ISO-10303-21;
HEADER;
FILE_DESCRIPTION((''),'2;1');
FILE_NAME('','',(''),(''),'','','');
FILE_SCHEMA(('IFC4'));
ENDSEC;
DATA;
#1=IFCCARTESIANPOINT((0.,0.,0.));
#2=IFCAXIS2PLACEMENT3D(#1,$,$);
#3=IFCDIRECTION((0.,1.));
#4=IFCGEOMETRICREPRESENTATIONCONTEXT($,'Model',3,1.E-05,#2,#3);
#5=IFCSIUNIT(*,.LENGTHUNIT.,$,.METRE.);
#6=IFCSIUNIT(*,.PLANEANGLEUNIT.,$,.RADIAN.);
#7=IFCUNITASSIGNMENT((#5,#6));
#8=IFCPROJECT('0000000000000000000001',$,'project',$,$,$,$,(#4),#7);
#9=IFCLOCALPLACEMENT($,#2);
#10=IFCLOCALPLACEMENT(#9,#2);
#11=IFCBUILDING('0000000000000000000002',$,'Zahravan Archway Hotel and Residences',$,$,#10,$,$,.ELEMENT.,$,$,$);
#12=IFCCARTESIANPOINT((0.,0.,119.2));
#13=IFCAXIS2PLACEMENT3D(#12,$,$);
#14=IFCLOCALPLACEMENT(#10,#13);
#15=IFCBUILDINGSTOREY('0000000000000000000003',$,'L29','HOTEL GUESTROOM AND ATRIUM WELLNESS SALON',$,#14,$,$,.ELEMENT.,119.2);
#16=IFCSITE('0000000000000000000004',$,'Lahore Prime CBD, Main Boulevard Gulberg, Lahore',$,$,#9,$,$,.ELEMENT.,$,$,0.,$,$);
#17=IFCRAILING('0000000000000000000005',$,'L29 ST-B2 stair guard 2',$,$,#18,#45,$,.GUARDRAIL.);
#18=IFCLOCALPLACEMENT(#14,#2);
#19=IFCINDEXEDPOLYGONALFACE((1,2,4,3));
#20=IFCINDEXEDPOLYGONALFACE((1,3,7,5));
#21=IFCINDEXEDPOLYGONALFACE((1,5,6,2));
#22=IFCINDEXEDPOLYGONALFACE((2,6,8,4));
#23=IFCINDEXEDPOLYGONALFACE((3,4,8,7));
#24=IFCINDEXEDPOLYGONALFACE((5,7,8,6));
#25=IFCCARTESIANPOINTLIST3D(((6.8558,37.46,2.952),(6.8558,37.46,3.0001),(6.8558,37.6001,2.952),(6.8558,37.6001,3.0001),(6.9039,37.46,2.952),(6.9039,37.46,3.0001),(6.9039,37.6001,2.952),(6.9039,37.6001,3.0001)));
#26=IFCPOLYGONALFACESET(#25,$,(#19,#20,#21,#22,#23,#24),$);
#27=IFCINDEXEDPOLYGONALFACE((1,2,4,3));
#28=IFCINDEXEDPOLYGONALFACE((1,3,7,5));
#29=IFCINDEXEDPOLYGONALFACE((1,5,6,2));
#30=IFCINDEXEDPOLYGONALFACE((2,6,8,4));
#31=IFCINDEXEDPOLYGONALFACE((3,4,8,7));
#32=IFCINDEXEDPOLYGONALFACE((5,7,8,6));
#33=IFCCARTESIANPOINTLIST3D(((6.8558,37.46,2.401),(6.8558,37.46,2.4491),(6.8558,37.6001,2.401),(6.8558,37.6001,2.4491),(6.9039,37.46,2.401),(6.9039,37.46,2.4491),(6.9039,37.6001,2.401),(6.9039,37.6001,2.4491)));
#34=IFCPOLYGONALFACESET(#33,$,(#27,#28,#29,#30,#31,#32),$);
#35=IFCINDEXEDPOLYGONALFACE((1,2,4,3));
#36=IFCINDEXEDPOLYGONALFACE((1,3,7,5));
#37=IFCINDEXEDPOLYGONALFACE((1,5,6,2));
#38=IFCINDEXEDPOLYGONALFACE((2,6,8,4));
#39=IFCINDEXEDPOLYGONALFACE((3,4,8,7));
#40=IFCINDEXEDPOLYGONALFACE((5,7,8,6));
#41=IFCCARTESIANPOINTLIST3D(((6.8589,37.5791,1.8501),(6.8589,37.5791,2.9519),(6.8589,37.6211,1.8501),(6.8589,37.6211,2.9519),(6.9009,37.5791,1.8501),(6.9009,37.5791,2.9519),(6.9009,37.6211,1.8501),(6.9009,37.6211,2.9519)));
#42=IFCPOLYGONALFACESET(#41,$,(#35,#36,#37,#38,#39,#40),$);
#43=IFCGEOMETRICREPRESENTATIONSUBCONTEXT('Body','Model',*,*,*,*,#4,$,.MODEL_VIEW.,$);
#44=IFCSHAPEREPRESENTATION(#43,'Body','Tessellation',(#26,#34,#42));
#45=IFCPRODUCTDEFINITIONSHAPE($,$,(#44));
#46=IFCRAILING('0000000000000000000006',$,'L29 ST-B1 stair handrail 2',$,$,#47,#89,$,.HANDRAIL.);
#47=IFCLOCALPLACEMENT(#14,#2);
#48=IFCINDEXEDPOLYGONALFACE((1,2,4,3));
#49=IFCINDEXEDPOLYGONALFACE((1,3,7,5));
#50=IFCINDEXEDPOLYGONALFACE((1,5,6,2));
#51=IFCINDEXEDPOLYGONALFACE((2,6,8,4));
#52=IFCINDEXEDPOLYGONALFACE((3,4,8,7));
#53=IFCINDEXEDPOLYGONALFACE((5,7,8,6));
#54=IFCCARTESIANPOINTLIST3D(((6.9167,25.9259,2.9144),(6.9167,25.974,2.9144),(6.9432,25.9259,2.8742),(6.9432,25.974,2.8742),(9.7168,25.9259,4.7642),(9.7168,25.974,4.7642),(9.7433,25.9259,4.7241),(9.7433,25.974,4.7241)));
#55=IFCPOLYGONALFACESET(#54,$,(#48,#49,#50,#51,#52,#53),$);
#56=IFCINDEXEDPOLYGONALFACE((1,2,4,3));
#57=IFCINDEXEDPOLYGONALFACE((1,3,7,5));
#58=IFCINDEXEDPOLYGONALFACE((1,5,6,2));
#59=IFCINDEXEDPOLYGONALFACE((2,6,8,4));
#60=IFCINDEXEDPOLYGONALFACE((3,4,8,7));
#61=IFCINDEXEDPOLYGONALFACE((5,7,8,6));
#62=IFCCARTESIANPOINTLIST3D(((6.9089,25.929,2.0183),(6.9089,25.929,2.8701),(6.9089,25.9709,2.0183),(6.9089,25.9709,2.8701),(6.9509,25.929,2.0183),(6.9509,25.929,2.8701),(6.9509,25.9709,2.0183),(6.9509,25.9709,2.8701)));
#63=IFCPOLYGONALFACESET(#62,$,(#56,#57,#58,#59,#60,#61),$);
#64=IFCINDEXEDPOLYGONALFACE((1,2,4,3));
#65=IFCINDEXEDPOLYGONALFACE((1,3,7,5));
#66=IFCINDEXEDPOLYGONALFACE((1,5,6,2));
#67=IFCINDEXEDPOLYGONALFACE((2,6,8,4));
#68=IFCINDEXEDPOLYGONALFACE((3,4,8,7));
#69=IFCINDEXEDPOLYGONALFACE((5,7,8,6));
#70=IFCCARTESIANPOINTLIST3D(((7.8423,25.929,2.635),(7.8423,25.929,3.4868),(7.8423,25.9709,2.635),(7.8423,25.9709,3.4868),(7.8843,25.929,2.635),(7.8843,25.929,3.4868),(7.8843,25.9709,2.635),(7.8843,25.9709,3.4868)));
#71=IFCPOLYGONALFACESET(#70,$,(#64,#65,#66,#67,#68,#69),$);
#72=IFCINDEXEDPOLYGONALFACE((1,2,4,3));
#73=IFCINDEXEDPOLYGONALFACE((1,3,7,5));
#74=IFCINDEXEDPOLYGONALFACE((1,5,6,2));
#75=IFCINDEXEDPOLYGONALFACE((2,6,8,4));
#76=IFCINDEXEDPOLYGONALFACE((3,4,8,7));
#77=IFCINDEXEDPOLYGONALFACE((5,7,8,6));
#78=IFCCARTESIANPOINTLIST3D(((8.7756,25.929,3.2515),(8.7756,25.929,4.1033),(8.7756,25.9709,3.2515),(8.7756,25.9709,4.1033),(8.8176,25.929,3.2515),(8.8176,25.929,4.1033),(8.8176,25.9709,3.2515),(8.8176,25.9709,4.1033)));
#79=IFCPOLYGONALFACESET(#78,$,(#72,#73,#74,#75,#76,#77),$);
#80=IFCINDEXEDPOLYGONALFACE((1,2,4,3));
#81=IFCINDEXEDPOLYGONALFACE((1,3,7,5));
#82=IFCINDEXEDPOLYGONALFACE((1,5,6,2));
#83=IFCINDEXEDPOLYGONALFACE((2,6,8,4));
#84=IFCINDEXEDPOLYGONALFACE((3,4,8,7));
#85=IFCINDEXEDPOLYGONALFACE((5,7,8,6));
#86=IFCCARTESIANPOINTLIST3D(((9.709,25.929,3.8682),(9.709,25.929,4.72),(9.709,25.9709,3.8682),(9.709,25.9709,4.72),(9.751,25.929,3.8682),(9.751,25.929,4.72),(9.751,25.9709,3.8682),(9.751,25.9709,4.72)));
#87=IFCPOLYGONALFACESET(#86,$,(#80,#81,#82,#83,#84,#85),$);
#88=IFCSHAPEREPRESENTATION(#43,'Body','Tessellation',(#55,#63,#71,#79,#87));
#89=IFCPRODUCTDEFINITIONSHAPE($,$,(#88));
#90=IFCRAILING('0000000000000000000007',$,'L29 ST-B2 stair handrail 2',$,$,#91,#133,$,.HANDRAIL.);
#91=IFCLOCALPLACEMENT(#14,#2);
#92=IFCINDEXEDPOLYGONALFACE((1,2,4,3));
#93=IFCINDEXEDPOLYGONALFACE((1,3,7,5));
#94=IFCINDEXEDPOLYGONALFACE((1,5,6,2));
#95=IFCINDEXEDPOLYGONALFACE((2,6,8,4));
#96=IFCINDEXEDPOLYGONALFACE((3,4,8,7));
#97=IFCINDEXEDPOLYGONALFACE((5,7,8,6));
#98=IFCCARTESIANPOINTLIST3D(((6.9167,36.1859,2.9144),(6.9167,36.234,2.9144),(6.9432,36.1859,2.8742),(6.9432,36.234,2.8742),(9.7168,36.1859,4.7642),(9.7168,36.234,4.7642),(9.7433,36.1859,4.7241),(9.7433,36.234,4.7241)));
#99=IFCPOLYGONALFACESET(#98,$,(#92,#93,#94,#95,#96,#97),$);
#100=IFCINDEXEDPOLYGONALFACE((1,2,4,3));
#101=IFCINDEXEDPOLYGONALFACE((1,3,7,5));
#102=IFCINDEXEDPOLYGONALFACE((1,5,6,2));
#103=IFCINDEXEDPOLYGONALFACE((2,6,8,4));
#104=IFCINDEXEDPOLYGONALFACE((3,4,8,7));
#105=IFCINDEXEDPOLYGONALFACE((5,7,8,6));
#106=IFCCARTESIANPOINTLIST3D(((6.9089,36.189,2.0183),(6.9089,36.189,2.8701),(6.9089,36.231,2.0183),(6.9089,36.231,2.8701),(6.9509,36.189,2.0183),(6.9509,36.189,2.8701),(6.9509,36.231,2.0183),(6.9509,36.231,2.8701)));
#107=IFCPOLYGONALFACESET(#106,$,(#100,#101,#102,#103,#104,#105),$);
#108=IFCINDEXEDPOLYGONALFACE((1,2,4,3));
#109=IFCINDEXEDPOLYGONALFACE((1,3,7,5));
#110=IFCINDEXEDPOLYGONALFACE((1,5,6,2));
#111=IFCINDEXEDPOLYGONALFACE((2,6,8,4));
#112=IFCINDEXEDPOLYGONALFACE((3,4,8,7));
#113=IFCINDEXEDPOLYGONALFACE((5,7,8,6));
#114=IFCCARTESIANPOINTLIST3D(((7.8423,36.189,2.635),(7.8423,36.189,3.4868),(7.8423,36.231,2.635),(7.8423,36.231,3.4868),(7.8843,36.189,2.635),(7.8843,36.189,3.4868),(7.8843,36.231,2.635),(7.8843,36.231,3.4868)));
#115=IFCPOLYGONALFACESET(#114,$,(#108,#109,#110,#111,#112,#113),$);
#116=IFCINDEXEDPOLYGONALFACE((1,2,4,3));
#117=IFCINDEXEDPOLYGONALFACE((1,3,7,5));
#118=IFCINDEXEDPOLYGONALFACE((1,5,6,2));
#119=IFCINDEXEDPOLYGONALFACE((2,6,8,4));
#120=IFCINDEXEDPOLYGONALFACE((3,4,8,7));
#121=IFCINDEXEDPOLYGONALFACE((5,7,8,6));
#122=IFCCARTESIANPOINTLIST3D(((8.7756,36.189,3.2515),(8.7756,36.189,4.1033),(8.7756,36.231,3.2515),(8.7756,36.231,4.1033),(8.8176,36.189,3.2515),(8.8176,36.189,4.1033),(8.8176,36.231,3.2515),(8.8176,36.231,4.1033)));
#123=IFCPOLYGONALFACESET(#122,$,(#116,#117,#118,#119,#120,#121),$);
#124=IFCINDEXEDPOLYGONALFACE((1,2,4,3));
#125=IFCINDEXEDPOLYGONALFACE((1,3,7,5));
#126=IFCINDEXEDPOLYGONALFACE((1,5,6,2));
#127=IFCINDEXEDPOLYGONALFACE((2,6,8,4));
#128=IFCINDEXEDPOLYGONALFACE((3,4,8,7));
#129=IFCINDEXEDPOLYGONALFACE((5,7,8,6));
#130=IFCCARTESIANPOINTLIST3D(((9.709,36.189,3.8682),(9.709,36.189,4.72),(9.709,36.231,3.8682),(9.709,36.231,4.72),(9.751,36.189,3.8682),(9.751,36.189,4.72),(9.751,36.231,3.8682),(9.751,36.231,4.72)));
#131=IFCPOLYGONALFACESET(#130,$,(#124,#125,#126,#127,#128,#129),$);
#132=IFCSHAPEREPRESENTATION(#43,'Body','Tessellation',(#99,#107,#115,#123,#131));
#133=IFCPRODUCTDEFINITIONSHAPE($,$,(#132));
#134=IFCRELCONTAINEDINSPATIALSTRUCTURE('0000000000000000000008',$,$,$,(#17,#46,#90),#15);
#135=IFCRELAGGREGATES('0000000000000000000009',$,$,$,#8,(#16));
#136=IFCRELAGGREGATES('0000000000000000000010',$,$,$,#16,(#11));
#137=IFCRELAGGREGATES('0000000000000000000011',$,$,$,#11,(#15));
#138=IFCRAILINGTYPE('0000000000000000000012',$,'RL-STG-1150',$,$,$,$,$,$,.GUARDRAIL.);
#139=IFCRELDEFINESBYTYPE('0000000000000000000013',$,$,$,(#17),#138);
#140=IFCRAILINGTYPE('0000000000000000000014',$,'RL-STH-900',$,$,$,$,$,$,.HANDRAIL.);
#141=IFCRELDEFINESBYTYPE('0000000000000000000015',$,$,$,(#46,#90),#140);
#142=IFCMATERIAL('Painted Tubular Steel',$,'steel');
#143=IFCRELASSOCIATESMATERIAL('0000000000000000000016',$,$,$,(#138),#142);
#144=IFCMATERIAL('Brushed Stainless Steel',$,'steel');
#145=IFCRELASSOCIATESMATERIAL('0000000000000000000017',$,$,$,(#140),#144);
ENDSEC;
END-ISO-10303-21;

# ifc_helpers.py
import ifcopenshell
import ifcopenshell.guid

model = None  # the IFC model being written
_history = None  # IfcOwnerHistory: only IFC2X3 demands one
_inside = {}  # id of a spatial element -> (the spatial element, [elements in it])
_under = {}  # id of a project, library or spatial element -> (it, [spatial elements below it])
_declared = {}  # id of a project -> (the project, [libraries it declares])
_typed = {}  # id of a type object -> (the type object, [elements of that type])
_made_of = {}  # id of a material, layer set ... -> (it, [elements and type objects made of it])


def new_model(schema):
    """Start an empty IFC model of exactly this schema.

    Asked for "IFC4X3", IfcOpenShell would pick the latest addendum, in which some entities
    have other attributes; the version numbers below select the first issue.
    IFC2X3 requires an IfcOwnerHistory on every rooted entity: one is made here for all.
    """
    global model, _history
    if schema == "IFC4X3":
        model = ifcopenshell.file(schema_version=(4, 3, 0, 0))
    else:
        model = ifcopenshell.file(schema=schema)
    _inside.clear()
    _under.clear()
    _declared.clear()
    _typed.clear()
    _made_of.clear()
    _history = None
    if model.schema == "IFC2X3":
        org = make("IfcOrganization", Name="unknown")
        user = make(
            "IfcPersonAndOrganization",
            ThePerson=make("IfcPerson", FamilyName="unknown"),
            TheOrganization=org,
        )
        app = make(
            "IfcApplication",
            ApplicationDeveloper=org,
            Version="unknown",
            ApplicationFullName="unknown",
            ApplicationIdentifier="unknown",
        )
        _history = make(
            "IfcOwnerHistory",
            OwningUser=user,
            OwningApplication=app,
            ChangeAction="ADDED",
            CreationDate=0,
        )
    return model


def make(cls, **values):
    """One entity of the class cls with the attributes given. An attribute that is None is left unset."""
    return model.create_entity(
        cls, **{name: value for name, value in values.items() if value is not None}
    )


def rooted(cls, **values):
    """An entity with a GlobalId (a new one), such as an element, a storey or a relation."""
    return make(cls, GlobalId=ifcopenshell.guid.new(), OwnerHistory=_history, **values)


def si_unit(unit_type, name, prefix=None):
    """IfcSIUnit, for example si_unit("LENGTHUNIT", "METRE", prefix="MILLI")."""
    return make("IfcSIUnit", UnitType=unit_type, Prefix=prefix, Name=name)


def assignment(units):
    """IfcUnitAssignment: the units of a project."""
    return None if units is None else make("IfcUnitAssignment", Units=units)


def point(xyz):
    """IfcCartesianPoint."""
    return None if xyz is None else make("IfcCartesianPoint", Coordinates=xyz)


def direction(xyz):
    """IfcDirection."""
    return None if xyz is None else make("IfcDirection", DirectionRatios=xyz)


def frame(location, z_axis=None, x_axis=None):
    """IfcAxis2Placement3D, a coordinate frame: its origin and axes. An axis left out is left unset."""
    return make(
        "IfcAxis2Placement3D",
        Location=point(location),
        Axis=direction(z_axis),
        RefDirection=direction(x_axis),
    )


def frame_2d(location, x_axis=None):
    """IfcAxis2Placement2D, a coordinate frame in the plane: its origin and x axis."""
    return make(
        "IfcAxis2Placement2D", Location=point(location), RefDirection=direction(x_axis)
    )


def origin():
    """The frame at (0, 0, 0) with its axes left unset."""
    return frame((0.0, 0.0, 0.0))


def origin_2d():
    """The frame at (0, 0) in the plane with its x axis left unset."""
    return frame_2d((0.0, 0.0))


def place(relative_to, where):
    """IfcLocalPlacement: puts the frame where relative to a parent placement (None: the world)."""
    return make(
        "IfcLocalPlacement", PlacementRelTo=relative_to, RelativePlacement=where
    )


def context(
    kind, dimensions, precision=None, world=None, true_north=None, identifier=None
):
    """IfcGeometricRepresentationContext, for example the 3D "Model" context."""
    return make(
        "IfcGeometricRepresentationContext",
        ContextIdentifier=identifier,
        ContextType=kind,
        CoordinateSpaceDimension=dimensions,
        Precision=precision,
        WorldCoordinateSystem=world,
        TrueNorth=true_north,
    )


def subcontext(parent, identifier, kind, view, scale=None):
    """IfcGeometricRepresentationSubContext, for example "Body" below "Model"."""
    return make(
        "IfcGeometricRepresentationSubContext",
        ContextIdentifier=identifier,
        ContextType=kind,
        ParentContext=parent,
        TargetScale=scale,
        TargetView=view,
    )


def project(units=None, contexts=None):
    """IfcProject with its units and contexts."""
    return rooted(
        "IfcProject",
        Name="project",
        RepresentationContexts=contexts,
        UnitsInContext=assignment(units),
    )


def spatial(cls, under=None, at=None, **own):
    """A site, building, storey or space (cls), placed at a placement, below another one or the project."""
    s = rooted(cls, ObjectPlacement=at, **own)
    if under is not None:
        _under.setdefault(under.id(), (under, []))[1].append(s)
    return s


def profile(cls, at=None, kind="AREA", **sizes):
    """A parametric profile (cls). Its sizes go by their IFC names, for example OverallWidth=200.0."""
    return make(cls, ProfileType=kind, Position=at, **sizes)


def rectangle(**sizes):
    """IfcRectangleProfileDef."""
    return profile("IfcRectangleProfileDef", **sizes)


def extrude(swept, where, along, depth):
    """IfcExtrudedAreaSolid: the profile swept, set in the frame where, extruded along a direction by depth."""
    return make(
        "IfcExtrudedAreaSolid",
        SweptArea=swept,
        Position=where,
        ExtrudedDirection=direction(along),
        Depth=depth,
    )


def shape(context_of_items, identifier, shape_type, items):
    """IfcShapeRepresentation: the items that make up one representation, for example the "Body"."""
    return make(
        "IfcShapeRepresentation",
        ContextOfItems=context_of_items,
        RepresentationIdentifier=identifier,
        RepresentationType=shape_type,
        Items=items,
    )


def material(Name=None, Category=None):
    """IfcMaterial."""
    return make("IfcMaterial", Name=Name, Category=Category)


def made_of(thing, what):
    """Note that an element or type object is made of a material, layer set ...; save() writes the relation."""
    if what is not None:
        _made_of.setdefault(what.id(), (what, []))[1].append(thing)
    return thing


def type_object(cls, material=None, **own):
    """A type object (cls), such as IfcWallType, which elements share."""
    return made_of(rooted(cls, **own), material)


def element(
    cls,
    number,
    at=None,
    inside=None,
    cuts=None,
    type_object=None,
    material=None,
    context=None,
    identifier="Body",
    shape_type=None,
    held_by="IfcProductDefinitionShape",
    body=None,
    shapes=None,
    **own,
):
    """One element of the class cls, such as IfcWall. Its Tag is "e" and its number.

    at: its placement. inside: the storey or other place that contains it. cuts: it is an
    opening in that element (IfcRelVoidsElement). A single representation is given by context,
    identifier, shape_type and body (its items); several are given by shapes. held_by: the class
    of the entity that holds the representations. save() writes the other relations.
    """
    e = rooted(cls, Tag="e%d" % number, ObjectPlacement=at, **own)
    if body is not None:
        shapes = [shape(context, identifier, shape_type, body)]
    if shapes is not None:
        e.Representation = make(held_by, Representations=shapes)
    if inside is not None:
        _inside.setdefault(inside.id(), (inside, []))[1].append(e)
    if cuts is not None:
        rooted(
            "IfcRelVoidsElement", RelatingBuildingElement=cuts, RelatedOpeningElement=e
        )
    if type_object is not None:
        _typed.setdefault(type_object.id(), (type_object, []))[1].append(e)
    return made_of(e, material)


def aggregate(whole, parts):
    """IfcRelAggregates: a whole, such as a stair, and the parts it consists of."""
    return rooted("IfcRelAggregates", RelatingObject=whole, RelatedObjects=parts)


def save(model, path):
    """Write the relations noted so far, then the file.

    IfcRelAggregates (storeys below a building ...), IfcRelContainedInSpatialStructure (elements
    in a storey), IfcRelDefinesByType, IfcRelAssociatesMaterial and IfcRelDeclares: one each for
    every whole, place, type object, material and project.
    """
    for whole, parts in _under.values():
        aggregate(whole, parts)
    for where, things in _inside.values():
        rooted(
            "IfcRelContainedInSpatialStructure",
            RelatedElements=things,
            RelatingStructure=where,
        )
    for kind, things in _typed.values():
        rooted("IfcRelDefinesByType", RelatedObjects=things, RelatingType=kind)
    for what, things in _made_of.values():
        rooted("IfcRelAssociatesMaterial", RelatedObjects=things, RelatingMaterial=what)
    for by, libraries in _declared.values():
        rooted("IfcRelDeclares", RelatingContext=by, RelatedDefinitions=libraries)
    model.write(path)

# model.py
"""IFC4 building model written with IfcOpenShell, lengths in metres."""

from ifc_helpers import new_model, si_unit, direction, frame, origin, origin_2d, place, context, subcontext, project, spatial, rectangle, extrude, material, type_object, element, save


model = new_model("IFC4")

# Units and contexts
model_context = context("Model", 3, precision=1e-05, world=origin(), true_north=direction((0.0, 1.0)))
body_context = subcontext(model_context, "Body", "Model", "MODEL_VIEW")
ifc_project = project(units=[si_unit("LENGTHUNIT", "METRE"), si_unit("PLANEANGLEUNIT", "RADIAN")], contexts=[model_context])

# Site, building, storey
site_placement = place(None, origin())
site = spatial("IfcSite", under=ifc_project, at=site_placement, Name="Lahore Prime CBD, Main Boulevard Gulberg, Lahore", CompositionType="ELEMENT", RefElevation=0.0)
building_placement = place(site_placement, origin())
building = spatial("IfcBuilding", under=site, at=building_placement, Name="Zahravan Archway Hotel and Residences", CompositionType="ELEMENT")
storey_placement = place(building_placement, frame((0.0, 0.0, 119.2)))
storey = spatial("IfcBuildingStorey", under=building, at=storey_placement, Name="L29", Description="HOTEL GUESTROOM AND ATRIUM WELLNESS SALON", CompositionType="ELEMENT", Elevation=119.2)

# Shared definitions
ifc_material_1 = material(Name="Brushed Stainless Steel", Category="steel")

# Railings
ifc_material_2 = material(Name="Painted Tubular Steel", Category="steel")
railing_type_1 = type_object("IfcRailingType", Name="RL-STG-1150", PredefinedType="GUARDRAIL", material=ifc_material_2)
railing_1_placement = place(storey_placement, frame((6.8799, 37.6001, 1.8501)))
element("IfcRailing", 1, at=railing_1_placement, inside=storey, type_object=railing_type_1, Name="L29 ST-B2 stair guard 2", PredefinedType="GUARDRAIL", context=body_context, shape_type="SweptSolid", body=[
    extrude(rectangle(XDim=0.0481, YDim=0.0481, at=origin_2d()), frame((0.0, 0.0, 1.126), z_axis=(0.0, -1.0, 0.0), x_axis=(1.0, 0.0, 0.0)), (0.0, 0.0, 1.0), 0.1401),
    extrude(rectangle(XDim=0.0481, YDim=0.0481, at=origin_2d()), frame((0.0, 0.0, 0.575), z_axis=(0.0, -1.0, 0.0), x_axis=(1.0, 0.0, 0.0)), (0.0, 0.0, 1.0), 0.1401),
    extrude(rectangle(XDim=0.042, YDim=0.042, at=origin_2d()), origin(), (0.0, 0.0, 1.0), 1.1018),
])
railing_type_2 = type_object("IfcRailingType", Name="RL-STH-900", PredefinedType="HANDRAIL", material=ifc_material_1)
for number, where, name in (
    (2, (6.9299, 25.95, 2.0183), "L29 ST-B1 stair handrail 2"),
    (3, (6.9299, 36.21, 2.0183), "L29 ST-B2 stair handrail 2"),
):
    element("IfcRailing", number, at=place(storey_placement, frame(where)), inside=storey, type_object=railing_type_2, Name=name, PredefinedType="HANDRAIL", context=body_context, shape_type="SweptSolid", body=[
        extrude(rectangle(XDim=0.0481, YDim=0.0481, at=origin_2d()), frame((0.0, 0.0, 0.876), z_axis=(0.83436, 0.0, 0.55122), x_axis=(0.0, 1.0, 0.0)), (0.0, 0.0, 1.0), 3.356),
        extrude(rectangle(XDim=0.042, YDim=0.042, at=origin_2d()), origin(), (0.0, 0.0, 1.0), 0.8518),
        extrude(rectangle(XDim=0.042, YDim=0.042, at=origin_2d()), frame((0.9333, 0.0, 0.6167)), (0.0, 0.0, 1.0), 0.8518),
        extrude(rectangle(XDim=0.042, YDim=0.042, at=origin_2d()), frame((1.8667, 0.0, 1.2332)), (0.0, 0.0, 1.0), 0.8518),
        extrude(rectangle(XDim=0.042, YDim=0.042, at=origin_2d()), frame((2.8, 0.0, 1.8499)), (0.0, 0.0, 1.0), 0.8518),
    ])

save(model, "model.ifc")
